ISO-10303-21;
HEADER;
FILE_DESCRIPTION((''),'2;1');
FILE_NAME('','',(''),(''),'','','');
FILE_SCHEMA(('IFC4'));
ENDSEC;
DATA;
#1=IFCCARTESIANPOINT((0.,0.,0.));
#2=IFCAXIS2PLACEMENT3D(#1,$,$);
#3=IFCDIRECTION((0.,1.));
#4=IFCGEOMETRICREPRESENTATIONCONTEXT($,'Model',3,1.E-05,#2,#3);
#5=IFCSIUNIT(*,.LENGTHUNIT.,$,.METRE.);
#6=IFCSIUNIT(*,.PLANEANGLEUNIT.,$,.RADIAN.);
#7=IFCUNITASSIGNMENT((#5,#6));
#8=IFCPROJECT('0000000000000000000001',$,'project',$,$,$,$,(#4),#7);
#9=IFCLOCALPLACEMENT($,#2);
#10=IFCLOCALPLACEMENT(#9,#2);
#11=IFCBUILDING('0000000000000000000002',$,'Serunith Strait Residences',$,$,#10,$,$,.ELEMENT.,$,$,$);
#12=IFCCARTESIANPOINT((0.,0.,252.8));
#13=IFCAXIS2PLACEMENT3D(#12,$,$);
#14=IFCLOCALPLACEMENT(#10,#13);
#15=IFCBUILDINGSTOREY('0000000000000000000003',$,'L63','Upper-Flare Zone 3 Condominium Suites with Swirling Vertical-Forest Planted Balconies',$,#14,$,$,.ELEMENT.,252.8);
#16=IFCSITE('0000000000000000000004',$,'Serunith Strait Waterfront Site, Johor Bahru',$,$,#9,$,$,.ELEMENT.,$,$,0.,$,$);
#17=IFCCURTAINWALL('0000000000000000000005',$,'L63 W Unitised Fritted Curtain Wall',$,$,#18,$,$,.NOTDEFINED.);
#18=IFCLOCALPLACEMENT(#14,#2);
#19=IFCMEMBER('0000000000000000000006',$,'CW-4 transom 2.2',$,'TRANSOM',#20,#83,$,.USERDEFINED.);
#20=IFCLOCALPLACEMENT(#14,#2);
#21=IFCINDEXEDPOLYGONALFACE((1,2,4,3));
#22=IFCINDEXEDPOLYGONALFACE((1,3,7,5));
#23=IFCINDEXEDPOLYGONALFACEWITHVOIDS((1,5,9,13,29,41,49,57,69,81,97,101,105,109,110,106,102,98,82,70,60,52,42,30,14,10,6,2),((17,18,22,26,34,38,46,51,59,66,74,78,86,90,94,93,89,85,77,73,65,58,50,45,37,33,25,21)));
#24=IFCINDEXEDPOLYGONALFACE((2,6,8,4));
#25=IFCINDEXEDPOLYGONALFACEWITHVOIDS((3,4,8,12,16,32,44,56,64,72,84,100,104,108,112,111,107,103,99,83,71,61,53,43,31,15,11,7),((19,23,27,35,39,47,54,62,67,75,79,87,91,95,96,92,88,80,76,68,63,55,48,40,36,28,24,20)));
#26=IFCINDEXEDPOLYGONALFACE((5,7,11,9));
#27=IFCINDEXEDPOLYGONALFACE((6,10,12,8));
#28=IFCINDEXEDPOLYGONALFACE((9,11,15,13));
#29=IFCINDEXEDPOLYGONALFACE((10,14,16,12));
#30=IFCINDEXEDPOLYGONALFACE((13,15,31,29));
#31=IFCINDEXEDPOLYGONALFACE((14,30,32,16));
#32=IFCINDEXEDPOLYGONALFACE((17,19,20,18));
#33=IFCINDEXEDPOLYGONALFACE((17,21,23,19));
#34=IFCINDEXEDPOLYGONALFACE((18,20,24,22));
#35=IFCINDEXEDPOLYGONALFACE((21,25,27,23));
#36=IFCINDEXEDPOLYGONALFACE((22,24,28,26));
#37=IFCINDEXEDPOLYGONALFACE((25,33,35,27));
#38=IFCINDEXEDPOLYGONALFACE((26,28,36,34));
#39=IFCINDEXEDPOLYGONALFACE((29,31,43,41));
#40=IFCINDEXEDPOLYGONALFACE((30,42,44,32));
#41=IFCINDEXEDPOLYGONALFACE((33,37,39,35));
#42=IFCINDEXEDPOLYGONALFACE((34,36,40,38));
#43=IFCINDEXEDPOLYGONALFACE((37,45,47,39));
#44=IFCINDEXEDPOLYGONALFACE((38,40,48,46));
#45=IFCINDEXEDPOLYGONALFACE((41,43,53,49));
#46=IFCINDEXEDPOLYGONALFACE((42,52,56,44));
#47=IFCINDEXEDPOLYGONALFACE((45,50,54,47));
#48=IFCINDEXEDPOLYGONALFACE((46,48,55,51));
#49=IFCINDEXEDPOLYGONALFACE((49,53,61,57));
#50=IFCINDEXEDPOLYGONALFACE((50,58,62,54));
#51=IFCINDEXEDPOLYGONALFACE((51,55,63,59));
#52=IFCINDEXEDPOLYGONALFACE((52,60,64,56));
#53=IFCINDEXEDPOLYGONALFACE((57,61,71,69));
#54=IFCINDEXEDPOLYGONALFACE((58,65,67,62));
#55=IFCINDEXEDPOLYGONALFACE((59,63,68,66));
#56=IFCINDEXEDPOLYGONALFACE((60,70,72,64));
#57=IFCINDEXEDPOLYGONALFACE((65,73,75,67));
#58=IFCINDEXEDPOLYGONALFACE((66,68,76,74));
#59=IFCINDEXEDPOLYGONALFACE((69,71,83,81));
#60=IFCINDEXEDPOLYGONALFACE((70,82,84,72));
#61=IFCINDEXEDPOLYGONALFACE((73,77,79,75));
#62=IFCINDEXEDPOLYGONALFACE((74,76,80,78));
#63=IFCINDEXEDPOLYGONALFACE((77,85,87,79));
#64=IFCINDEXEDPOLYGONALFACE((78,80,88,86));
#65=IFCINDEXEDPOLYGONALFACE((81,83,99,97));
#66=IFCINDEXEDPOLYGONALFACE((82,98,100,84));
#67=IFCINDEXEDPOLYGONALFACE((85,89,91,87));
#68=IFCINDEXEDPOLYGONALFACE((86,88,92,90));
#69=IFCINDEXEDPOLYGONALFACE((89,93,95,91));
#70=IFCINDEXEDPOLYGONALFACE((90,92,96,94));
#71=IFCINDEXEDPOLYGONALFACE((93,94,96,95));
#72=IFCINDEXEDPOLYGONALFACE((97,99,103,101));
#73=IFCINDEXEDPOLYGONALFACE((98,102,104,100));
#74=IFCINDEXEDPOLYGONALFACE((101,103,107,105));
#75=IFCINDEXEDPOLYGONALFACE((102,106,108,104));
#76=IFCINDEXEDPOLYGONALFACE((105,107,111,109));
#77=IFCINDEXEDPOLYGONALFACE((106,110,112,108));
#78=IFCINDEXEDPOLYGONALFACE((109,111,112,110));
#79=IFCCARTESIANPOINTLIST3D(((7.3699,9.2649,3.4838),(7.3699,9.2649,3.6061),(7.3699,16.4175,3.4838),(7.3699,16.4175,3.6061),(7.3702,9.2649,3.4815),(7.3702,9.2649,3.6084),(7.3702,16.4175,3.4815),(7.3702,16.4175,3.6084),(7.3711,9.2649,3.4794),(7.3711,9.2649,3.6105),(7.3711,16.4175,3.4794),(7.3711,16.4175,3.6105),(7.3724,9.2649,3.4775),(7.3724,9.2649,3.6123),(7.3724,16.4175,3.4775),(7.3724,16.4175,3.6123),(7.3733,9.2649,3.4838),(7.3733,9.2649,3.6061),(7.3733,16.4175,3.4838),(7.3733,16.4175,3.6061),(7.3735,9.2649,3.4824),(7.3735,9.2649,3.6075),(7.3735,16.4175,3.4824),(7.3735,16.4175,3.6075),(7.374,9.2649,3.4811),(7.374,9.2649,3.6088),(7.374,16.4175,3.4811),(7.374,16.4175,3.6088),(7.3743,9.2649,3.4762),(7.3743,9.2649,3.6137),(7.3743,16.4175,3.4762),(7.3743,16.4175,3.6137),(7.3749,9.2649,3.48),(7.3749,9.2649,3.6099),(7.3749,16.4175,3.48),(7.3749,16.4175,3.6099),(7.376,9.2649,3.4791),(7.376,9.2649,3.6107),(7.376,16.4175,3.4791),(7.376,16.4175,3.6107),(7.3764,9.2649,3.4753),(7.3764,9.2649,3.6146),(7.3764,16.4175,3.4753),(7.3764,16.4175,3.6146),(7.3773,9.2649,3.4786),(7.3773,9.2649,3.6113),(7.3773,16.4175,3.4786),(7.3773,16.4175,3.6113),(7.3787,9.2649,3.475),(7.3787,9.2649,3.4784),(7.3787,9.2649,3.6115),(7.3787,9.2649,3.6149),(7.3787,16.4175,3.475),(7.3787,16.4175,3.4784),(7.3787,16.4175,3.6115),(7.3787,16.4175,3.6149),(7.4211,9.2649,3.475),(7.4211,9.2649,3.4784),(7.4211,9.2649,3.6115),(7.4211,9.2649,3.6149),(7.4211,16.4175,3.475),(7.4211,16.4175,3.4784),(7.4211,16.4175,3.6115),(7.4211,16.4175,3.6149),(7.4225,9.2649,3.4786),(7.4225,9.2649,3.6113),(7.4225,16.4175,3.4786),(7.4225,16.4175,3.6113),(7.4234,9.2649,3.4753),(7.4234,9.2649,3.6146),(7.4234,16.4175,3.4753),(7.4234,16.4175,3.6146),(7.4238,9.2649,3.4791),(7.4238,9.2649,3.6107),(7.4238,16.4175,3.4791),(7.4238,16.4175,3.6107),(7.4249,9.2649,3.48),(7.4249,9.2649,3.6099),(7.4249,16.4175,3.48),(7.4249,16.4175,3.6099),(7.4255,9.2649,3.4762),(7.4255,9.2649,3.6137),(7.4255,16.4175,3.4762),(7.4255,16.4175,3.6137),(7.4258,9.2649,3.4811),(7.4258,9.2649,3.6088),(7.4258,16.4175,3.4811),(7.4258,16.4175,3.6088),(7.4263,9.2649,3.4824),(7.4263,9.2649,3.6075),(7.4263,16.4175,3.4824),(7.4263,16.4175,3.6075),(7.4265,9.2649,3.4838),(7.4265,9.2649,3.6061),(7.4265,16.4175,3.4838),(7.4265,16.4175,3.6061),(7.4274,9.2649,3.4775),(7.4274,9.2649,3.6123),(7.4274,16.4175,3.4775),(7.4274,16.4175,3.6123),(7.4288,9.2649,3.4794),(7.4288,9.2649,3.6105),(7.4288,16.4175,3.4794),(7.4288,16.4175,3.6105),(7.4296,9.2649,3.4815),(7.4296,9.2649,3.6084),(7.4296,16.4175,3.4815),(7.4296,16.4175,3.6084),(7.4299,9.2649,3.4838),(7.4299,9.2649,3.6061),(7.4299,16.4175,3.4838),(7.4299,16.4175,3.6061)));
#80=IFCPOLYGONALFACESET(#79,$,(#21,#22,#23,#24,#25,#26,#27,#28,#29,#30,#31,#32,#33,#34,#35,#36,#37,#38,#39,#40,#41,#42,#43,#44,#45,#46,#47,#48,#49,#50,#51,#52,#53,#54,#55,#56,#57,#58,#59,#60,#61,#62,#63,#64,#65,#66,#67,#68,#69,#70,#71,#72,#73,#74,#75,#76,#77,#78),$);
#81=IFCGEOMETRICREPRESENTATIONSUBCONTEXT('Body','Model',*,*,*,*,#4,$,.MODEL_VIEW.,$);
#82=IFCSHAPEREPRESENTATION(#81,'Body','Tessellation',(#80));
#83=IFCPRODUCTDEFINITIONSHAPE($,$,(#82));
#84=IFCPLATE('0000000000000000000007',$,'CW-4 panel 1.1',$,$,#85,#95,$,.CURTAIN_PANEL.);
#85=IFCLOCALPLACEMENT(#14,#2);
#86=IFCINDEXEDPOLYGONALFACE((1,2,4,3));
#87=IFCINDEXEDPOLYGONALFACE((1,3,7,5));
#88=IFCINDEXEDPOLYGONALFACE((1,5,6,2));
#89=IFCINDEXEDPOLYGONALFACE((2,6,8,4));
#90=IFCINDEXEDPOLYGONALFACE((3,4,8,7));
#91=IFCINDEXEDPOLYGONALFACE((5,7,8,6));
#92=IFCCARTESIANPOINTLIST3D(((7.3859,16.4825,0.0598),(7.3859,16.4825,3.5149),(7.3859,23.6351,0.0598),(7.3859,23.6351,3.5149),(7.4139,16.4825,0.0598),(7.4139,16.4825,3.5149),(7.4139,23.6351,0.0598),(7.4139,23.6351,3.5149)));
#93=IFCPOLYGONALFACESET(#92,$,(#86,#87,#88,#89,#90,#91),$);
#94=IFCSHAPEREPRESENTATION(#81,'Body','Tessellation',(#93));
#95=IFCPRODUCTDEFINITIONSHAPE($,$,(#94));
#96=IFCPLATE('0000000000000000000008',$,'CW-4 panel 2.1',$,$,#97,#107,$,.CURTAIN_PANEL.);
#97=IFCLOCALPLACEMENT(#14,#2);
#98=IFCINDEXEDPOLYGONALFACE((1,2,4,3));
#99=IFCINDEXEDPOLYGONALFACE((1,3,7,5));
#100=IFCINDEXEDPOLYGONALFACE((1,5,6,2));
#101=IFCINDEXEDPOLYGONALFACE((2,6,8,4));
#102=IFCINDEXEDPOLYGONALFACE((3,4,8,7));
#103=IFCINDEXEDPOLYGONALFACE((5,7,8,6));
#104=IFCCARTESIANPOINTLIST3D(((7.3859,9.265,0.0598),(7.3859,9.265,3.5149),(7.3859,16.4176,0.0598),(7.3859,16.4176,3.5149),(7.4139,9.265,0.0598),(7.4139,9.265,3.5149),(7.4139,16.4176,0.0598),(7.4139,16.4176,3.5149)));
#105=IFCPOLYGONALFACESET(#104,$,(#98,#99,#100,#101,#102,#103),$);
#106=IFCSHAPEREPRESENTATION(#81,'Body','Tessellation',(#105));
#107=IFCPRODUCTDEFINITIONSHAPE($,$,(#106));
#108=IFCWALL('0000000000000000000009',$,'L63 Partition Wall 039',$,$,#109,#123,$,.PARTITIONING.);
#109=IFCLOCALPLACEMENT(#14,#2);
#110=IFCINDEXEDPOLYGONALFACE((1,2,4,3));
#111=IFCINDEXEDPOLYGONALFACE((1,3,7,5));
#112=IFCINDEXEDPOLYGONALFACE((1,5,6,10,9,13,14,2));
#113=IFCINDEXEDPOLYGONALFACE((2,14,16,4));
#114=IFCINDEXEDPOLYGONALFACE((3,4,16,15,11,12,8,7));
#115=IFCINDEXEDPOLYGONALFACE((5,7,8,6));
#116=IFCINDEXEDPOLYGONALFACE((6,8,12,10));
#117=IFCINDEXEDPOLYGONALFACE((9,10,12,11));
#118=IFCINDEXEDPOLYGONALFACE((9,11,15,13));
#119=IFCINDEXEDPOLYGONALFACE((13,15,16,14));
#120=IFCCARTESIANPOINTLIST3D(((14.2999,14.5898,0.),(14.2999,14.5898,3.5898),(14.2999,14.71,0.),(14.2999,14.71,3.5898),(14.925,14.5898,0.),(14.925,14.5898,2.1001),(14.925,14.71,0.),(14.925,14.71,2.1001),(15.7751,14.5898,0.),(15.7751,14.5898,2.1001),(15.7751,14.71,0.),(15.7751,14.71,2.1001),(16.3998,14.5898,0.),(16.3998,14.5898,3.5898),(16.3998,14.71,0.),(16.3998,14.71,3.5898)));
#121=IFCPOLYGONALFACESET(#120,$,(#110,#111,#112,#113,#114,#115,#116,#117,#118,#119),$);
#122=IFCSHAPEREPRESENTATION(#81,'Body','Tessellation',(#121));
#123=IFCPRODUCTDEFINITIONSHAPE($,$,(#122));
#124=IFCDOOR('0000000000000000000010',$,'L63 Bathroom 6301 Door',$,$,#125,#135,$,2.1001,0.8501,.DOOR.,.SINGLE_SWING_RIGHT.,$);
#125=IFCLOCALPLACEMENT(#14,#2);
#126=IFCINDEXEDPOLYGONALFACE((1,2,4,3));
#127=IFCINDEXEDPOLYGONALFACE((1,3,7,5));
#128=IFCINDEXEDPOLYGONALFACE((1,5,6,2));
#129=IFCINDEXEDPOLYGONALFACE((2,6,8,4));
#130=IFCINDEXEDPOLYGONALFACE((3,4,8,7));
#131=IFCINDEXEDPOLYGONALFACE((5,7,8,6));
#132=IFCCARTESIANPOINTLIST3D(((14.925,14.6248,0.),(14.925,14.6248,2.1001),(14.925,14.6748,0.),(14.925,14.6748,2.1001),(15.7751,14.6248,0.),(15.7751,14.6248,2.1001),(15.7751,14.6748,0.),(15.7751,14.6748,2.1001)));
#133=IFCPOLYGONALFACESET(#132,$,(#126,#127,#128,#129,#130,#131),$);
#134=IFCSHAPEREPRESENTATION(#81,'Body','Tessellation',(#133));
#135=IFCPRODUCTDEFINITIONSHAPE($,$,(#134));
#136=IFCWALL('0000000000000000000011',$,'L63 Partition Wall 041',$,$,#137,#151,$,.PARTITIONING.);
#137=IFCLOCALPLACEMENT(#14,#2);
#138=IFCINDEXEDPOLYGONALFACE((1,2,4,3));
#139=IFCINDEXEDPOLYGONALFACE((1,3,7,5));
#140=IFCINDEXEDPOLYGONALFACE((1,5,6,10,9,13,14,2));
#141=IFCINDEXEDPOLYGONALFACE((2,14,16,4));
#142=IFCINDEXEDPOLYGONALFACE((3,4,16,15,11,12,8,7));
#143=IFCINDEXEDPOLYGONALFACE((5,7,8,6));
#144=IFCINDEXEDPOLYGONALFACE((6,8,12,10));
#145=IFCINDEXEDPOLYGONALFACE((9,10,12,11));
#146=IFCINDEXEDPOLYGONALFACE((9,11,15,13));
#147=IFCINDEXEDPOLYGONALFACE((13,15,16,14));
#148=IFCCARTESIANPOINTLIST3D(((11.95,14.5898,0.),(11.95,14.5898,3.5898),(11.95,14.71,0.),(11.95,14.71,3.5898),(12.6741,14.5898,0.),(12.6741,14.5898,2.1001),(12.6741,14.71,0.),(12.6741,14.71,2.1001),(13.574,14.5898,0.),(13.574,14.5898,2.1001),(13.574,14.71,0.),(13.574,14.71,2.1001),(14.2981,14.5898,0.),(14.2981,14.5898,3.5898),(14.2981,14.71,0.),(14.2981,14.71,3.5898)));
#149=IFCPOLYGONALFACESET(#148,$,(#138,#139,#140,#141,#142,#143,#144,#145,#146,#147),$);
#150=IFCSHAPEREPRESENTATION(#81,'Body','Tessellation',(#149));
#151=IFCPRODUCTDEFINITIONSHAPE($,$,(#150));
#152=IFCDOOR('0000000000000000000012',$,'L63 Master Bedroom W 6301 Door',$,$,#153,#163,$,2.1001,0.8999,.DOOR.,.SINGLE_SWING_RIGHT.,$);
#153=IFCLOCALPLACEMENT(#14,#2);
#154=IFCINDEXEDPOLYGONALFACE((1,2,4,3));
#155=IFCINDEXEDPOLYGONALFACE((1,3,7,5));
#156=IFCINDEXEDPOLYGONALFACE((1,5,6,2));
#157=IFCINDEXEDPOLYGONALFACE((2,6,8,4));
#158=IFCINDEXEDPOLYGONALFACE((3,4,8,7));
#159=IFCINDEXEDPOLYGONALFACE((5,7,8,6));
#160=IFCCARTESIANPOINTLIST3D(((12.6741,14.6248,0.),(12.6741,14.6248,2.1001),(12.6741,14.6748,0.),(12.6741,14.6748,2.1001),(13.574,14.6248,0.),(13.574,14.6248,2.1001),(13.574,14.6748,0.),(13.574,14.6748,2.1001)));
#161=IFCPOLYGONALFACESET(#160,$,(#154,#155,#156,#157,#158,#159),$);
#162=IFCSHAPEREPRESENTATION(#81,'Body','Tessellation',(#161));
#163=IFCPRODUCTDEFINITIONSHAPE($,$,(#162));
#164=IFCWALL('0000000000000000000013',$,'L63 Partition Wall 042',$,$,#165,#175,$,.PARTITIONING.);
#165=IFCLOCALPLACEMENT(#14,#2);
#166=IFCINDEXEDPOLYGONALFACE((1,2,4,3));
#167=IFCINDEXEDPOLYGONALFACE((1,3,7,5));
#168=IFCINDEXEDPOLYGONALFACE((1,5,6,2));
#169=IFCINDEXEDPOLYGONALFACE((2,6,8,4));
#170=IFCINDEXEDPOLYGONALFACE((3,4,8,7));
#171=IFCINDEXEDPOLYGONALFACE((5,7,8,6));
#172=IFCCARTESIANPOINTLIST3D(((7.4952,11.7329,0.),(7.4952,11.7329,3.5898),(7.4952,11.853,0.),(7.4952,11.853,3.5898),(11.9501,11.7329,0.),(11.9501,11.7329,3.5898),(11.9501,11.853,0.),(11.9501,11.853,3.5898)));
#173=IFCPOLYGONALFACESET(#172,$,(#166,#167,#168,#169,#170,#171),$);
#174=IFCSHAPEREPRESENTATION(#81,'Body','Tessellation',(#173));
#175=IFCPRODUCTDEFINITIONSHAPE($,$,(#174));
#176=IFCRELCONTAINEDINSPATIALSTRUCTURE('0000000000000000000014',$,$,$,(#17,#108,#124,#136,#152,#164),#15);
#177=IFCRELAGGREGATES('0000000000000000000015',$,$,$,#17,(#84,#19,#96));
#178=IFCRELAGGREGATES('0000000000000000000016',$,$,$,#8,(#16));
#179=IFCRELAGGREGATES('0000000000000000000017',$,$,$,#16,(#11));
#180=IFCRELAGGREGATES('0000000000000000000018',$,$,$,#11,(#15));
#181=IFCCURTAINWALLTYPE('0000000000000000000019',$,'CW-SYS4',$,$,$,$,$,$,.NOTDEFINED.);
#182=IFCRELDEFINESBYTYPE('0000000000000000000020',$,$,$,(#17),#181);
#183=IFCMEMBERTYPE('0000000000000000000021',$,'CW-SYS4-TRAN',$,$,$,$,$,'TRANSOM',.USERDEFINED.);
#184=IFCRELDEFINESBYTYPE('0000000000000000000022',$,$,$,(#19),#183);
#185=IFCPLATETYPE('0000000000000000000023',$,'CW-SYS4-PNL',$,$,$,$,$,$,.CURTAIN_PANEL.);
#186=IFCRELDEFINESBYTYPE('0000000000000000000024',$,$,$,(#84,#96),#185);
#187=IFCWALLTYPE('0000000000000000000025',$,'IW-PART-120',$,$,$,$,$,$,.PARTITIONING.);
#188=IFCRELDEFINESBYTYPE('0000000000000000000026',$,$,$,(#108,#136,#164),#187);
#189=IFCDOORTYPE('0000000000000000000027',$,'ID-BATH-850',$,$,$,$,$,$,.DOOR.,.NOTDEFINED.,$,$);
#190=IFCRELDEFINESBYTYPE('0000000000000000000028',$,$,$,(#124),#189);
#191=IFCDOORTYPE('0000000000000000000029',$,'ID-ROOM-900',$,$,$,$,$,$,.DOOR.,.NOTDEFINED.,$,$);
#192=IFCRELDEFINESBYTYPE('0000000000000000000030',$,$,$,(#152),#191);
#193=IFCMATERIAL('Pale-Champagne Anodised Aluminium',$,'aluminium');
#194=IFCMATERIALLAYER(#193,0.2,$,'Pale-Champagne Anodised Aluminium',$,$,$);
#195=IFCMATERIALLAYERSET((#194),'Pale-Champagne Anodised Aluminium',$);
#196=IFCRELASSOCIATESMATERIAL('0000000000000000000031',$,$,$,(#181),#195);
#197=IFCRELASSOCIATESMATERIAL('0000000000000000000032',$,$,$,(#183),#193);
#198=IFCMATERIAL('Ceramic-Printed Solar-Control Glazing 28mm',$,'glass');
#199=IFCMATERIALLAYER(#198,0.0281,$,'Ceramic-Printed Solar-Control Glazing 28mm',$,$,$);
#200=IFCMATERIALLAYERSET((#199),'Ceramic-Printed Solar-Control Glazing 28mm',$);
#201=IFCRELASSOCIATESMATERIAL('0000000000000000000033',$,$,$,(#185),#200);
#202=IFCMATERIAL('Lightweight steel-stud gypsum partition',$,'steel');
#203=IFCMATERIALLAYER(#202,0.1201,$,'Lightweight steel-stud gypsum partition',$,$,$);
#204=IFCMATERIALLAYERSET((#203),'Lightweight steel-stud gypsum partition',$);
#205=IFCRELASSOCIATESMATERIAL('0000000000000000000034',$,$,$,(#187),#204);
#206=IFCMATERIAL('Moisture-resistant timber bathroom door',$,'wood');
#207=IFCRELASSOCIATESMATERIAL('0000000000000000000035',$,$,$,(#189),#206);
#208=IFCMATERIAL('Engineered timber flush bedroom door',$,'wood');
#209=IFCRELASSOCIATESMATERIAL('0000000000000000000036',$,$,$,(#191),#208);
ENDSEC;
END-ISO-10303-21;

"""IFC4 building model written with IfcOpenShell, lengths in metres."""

from ifc_helpers import new_model, si_unit, direction, frame, frame_2d, origin, origin_2d, place, context, subcontext, project, spatial, rectangle, hollow_rectangle, extrude, source, transform, mapped, material, layer, layer_set, material_profile, profile_set, type_object, element, fill, aggregate, save


model = new_model("IFC4")

# Units and contexts
model_context = context("Model", 3, precision=1e-05, world=origin(), true_north=direction((0.0, 1.0)))
body_context = subcontext(model_context, "Body", "Model", "MODEL_VIEW")
ifc_project = project(units=[si_unit("LENGTHUNIT", "METRE"), si_unit("PLANEANGLEUNIT", "RADIAN")], contexts=[model_context])

# Site, building, storey
site_placement = place(None, origin())
site = spatial("IfcSite", under=ifc_project, at=site_placement, Name="Serunith Strait Waterfront Site, Johor Bahru", CompositionType="ELEMENT", RefElevation=0.0)
building_placement = place(site_placement, origin())
building = spatial("IfcBuilding", under=site, at=building_placement, Name="Serunith Strait Residences", CompositionType="ELEMENT")
storey_placement = place(building_placement, frame((0.0, 0.0, 252.8)))
storey = spatial("IfcBuildingStorey", under=building, at=storey_placement, Name="L63", Description="Upper-Flare Zone 3 Condominium Suites with Swirling Vertical-Forest Planted Balconies", CompositionType="ELEMENT", Elevation=252.8)

# Curtain wall, member, plates
ifc_material_1 = material(Name="Pale-Champagne Anodised Aluminium", Category="aluminium")
ifc_layer_1 = layer(ifc_material_1, 0.2, Name="Pale-Champagne Anodised Aluminium")
ifc_layer_set_1 = layer_set([ifc_layer_1], Name="Pale-Champagne Anodised Aluminium")
curtain_wall_type = type_object("IfcCurtainWallType", Name="CW-SYS4", PredefinedType="NOTDEFINED", material=ifc_layer_set_1)
curtain_wall_placement = place(storey_placement, origin())
curtain_wall = element("IfcCurtainWall", 1, at=curtain_wall_placement, inside=storey, type_object=curtain_wall_type, Name="L63 W Unitised Fritted Curtain Wall", PredefinedType="NOTDEFINED")
ifc_material_profile_1 = material_profile(ifc_material_1, hollow_rectangle(XDim=0.0601, YDim=0.1399, WallThickness=0.0034, InnerFilletRadius=0.0054, OuterFilletRadius=0.0088, at=origin_2d()), Name="ALU 140x60x3.5")
ifc_profile_set_1 = profile_set([ifc_material_profile_1], Name="Pale-Champagne Anodised Aluminium")
member_type_1 = type_object("IfcMemberType", Name="CW-SYS4-TRAN", ElementType="TRANSOM", PredefinedType="USERDEFINED", material=ifc_profile_set_1)
shared_shape_1 = source(origin(), body_context, "Body", "SweptSolid", [
    extrude(hollow_rectangle(XDim=0.0601, YDim=0.1399, WallThickness=0.0034, InnerFilletRadius=0.0054, OuterFilletRadius=0.0088, at=origin_2d()), origin(), (0.0, 0.0, 1.0), 7.1526),
])
member_1_placement = place(storey_placement, frame((7.3999, 16.4175, 3.5449), z_axis=(0.0, -1.0, 0.0), x_axis=(1.0, 0.0, 0.0)))
member_1 = element("IfcMember", 2, at=member_1_placement, type_object=member_type_1, Name="CW-4 transom 2.2", ObjectType="TRANSOM", PredefinedType="USERDEFINED", context=body_context, shape_type="MappedRepresentation", body=[
    mapped(shared_shape_1, transform((0.0, 0.0, 0.0), scale=1.0)),
])
ifc_material_2 = material(Name="Ceramic-Printed Solar-Control Glazing 28mm", Category="glass")
ifc_layer_2 = layer(ifc_material_2, 0.0281, Name="Ceramic-Printed Solar-Control Glazing 28mm")
ifc_layer_set_2 = layer_set([ifc_layer_2], Name="Ceramic-Printed Solar-Control Glazing 28mm")
plate_type = type_object("IfcPlateType", Name="CW-SYS4-PNL", PredefinedType="CURTAIN_PANEL", material=ifc_layer_set_2)
shared_shape_2 = source(origin(), body_context, "Body", "SweptSolid", [
    extrude(rectangle(XDim=7.1526, YDim=0.0281, at=origin_2d()), origin(), (0.0, 0.0, 1.0), 3.4551),
])
plate_1_placement = place(storey_placement, frame((7.3999, 20.0588, 0.0598), z_axis=(0.0, 0.0, 1.0), x_axis=(0.0, -1.0, 0.0)))
plate_1 = element("IfcPlate", 3, at=plate_1_placement, type_object=plate_type, Name="CW-4 panel 1.1", PredefinedType="CURTAIN_PANEL", context=body_context, shape_type="MappedRepresentation", body=[
    mapped(shared_shape_2, transform((0.0, 0.0, 0.0), scale=1.0)),
])
plate_2_placement = place(storey_placement, frame((7.3999, 12.8413, 0.0598), z_axis=(0.0, 0.0, 1.0), x_axis=(0.0, -1.0, 0.0)))
plate_2 = element("IfcPlate", 4, at=plate_2_placement, type_object=plate_type, Name="CW-4 panel 2.1", PredefinedType="CURTAIN_PANEL", context=body_context, shape_type="MappedRepresentation", body=[
    mapped(shared_shape_2, transform((0.0, 0.0, 0.0), scale=1.0)),
])
aggregate(curtain_wall, [plate_1, member_1, plate_2])

# Walls, openings, doors
ifc_material_3 = material(Name="Lightweight steel-stud gypsum partition", Category="steel")
ifc_layer_3 = layer(ifc_material_3, 0.1201, Name="Lightweight steel-stud gypsum partition")
ifc_layer_set_3 = layer_set([ifc_layer_3], Name="Lightweight steel-stud gypsum partition")
wall_type_1 = type_object("IfcWallType", Name="IW-PART-120", PredefinedType="PARTITIONING", material=ifc_layer_set_3)
wall_1_placement = place(storey_placement, frame((14.3, 14.6499, 0.0), z_axis=(0.0, 0.0, 1.0), x_axis=(1.0, 0.0, 0.0)))
wall_1 = element("IfcWall", 5, at=wall_1_placement, inside=storey, type_object=wall_type_1, Name="L63 Partition Wall 039", PredefinedType="PARTITIONING", context=body_context, shape_type="SweptSolid", body=[
    extrude(rectangle(XDim=2.0999, YDim=0.1201, at=frame_2d((1.0498, 0.0))), origin(), (0.0, 0.0, 1.0), 3.5898),
])
opening_1_placement = place(wall_1_placement, frame((0.625, 0.0, 0.0)))
opening_1 = element("IfcOpeningElement", 6, at=opening_1_placement, cuts=wall_1, PredefinedType="OPENING", context=body_context, shape_type="SweptSolid", body=[
    extrude(rectangle(XDim=0.8501, YDim=2.1001, at=frame_2d((0.425, 1.05))), frame((0.0, 0.0701, 0.0), z_axis=(0.0, -1.0, 0.0), x_axis=(1.0, 0.0, 0.0)), (0.0, 0.0, 1.0), 0.1401),
])
ifc_material_4 = material(Name="Moisture-resistant timber bathroom door", Category="wood")
door_type_1 = type_object("IfcDoorType", Name="ID-BATH-850", OperationType="NOTDEFINED", PredefinedType="DOOR", material=ifc_material_4)
shared_shape_3 = source(origin(), body_context, "Body", "SweptSolid", [
    extrude(rectangle(XDim=0.8501, YDim=2.1001, at=frame_2d((0.425, 1.05))), frame((0.0, 0.0249, 0.0), z_axis=(0.0, -1.0, 0.0), x_axis=(1.0, 0.0, 0.0)), (0.0, 0.0, 1.0), 0.05),
])
door_1_placement = place(opening_1_placement, origin())
door_1 = element("IfcDoor", 7, at=door_1_placement, inside=storey, type_object=door_type_1, Name="L63 Bathroom 6301 Door", OperationType="SINGLE_SWING_RIGHT", OverallHeight=2.1001, OverallWidth=0.8501, PredefinedType="DOOR", context=body_context, shape_type="MappedRepresentation", body=[
    mapped(shared_shape_3, transform((0.0, 0.0, 0.0), scale=1.0)),
])
fill(opening_1, door_1)
wall_2_placement = place(storey_placement, frame((11.95, 14.6499, 0.0), z_axis=(0.0, 0.0, 1.0), x_axis=(1.0, 0.0, 0.0)))
wall_2 = element("IfcWall", 8, at=wall_2_placement, inside=storey, type_object=wall_type_1, Name="L63 Partition Wall 041", PredefinedType="PARTITIONING", context=body_context, shape_type="SweptSolid", body=[
    extrude(rectangle(XDim=2.3481, YDim=0.1201, at=frame_2d((1.1741, 0.0))), origin(), (0.0, 0.0, 1.0), 3.5898),
])
opening_2_placement = place(wall_2_placement, frame((0.7241, 0.0, 0.0)))
opening_2 = element("IfcOpeningElement", 9, at=opening_2_placement, cuts=wall_2, PredefinedType="OPENING", context=body_context, shape_type="SweptSolid", body=[
    extrude(rectangle(XDim=0.8999, YDim=2.1001, at=frame_2d((0.45, 1.05))), frame((0.0, 0.0701, 0.0), z_axis=(0.0, -1.0, 0.0), x_axis=(1.0, 0.0, 0.0)), (0.0, 0.0, 1.0), 0.1401),
])
ifc_material_5 = material(Name="Engineered timber flush bedroom door", Category="wood")
door_type_2 = type_object("IfcDoorType", Name="ID-ROOM-900", OperationType="NOTDEFINED", PredefinedType="DOOR", material=ifc_material_5)
shared_shape_4 = source(origin(), body_context, "Body", "SweptSolid", [
    extrude(rectangle(XDim=0.8999, YDim=2.1001, at=frame_2d((0.45, 1.05))), frame((0.0, 0.0249, 0.0), z_axis=(0.0, -1.0, 0.0), x_axis=(1.0, 0.0, 0.0)), (0.0, 0.0, 1.0), 0.05),
])
door_2_placement = place(opening_2_placement, origin())
door_2 = element("IfcDoor", 10, at=door_2_placement, inside=storey, type_object=door_type_2, Name="L63 Master Bedroom W 6301 Door", OperationType="SINGLE_SWING_RIGHT", OverallHeight=2.1001, OverallWidth=0.8999, PredefinedType="DOOR", context=body_context, shape_type="MappedRepresentation", body=[
    mapped(shared_shape_4, transform((0.0, 0.0, 0.0), scale=1.0)),
])
fill(opening_2, door_2)

# Wall
wall_3_placement = place(storey_placement, frame((7.4951, 11.793, 0.0), z_axis=(0.0, 0.0, 1.0), x_axis=(1.0, 0.0, 0.0)))
element("IfcWall", 11, at=wall_3_placement, inside=storey, type_object=wall_type_1, Name="L63 Partition Wall 042", PredefinedType="PARTITIONING", context=body_context, shape_type="SweptSolid", body=[
    extrude(rectangle(XDim=4.4548, YDim=0.1201, at=frame_2d((2.2275, 0.0))), origin(), (0.0, 0.0, 1.0), 3.5898),
])

save(model, "model.ifc")
